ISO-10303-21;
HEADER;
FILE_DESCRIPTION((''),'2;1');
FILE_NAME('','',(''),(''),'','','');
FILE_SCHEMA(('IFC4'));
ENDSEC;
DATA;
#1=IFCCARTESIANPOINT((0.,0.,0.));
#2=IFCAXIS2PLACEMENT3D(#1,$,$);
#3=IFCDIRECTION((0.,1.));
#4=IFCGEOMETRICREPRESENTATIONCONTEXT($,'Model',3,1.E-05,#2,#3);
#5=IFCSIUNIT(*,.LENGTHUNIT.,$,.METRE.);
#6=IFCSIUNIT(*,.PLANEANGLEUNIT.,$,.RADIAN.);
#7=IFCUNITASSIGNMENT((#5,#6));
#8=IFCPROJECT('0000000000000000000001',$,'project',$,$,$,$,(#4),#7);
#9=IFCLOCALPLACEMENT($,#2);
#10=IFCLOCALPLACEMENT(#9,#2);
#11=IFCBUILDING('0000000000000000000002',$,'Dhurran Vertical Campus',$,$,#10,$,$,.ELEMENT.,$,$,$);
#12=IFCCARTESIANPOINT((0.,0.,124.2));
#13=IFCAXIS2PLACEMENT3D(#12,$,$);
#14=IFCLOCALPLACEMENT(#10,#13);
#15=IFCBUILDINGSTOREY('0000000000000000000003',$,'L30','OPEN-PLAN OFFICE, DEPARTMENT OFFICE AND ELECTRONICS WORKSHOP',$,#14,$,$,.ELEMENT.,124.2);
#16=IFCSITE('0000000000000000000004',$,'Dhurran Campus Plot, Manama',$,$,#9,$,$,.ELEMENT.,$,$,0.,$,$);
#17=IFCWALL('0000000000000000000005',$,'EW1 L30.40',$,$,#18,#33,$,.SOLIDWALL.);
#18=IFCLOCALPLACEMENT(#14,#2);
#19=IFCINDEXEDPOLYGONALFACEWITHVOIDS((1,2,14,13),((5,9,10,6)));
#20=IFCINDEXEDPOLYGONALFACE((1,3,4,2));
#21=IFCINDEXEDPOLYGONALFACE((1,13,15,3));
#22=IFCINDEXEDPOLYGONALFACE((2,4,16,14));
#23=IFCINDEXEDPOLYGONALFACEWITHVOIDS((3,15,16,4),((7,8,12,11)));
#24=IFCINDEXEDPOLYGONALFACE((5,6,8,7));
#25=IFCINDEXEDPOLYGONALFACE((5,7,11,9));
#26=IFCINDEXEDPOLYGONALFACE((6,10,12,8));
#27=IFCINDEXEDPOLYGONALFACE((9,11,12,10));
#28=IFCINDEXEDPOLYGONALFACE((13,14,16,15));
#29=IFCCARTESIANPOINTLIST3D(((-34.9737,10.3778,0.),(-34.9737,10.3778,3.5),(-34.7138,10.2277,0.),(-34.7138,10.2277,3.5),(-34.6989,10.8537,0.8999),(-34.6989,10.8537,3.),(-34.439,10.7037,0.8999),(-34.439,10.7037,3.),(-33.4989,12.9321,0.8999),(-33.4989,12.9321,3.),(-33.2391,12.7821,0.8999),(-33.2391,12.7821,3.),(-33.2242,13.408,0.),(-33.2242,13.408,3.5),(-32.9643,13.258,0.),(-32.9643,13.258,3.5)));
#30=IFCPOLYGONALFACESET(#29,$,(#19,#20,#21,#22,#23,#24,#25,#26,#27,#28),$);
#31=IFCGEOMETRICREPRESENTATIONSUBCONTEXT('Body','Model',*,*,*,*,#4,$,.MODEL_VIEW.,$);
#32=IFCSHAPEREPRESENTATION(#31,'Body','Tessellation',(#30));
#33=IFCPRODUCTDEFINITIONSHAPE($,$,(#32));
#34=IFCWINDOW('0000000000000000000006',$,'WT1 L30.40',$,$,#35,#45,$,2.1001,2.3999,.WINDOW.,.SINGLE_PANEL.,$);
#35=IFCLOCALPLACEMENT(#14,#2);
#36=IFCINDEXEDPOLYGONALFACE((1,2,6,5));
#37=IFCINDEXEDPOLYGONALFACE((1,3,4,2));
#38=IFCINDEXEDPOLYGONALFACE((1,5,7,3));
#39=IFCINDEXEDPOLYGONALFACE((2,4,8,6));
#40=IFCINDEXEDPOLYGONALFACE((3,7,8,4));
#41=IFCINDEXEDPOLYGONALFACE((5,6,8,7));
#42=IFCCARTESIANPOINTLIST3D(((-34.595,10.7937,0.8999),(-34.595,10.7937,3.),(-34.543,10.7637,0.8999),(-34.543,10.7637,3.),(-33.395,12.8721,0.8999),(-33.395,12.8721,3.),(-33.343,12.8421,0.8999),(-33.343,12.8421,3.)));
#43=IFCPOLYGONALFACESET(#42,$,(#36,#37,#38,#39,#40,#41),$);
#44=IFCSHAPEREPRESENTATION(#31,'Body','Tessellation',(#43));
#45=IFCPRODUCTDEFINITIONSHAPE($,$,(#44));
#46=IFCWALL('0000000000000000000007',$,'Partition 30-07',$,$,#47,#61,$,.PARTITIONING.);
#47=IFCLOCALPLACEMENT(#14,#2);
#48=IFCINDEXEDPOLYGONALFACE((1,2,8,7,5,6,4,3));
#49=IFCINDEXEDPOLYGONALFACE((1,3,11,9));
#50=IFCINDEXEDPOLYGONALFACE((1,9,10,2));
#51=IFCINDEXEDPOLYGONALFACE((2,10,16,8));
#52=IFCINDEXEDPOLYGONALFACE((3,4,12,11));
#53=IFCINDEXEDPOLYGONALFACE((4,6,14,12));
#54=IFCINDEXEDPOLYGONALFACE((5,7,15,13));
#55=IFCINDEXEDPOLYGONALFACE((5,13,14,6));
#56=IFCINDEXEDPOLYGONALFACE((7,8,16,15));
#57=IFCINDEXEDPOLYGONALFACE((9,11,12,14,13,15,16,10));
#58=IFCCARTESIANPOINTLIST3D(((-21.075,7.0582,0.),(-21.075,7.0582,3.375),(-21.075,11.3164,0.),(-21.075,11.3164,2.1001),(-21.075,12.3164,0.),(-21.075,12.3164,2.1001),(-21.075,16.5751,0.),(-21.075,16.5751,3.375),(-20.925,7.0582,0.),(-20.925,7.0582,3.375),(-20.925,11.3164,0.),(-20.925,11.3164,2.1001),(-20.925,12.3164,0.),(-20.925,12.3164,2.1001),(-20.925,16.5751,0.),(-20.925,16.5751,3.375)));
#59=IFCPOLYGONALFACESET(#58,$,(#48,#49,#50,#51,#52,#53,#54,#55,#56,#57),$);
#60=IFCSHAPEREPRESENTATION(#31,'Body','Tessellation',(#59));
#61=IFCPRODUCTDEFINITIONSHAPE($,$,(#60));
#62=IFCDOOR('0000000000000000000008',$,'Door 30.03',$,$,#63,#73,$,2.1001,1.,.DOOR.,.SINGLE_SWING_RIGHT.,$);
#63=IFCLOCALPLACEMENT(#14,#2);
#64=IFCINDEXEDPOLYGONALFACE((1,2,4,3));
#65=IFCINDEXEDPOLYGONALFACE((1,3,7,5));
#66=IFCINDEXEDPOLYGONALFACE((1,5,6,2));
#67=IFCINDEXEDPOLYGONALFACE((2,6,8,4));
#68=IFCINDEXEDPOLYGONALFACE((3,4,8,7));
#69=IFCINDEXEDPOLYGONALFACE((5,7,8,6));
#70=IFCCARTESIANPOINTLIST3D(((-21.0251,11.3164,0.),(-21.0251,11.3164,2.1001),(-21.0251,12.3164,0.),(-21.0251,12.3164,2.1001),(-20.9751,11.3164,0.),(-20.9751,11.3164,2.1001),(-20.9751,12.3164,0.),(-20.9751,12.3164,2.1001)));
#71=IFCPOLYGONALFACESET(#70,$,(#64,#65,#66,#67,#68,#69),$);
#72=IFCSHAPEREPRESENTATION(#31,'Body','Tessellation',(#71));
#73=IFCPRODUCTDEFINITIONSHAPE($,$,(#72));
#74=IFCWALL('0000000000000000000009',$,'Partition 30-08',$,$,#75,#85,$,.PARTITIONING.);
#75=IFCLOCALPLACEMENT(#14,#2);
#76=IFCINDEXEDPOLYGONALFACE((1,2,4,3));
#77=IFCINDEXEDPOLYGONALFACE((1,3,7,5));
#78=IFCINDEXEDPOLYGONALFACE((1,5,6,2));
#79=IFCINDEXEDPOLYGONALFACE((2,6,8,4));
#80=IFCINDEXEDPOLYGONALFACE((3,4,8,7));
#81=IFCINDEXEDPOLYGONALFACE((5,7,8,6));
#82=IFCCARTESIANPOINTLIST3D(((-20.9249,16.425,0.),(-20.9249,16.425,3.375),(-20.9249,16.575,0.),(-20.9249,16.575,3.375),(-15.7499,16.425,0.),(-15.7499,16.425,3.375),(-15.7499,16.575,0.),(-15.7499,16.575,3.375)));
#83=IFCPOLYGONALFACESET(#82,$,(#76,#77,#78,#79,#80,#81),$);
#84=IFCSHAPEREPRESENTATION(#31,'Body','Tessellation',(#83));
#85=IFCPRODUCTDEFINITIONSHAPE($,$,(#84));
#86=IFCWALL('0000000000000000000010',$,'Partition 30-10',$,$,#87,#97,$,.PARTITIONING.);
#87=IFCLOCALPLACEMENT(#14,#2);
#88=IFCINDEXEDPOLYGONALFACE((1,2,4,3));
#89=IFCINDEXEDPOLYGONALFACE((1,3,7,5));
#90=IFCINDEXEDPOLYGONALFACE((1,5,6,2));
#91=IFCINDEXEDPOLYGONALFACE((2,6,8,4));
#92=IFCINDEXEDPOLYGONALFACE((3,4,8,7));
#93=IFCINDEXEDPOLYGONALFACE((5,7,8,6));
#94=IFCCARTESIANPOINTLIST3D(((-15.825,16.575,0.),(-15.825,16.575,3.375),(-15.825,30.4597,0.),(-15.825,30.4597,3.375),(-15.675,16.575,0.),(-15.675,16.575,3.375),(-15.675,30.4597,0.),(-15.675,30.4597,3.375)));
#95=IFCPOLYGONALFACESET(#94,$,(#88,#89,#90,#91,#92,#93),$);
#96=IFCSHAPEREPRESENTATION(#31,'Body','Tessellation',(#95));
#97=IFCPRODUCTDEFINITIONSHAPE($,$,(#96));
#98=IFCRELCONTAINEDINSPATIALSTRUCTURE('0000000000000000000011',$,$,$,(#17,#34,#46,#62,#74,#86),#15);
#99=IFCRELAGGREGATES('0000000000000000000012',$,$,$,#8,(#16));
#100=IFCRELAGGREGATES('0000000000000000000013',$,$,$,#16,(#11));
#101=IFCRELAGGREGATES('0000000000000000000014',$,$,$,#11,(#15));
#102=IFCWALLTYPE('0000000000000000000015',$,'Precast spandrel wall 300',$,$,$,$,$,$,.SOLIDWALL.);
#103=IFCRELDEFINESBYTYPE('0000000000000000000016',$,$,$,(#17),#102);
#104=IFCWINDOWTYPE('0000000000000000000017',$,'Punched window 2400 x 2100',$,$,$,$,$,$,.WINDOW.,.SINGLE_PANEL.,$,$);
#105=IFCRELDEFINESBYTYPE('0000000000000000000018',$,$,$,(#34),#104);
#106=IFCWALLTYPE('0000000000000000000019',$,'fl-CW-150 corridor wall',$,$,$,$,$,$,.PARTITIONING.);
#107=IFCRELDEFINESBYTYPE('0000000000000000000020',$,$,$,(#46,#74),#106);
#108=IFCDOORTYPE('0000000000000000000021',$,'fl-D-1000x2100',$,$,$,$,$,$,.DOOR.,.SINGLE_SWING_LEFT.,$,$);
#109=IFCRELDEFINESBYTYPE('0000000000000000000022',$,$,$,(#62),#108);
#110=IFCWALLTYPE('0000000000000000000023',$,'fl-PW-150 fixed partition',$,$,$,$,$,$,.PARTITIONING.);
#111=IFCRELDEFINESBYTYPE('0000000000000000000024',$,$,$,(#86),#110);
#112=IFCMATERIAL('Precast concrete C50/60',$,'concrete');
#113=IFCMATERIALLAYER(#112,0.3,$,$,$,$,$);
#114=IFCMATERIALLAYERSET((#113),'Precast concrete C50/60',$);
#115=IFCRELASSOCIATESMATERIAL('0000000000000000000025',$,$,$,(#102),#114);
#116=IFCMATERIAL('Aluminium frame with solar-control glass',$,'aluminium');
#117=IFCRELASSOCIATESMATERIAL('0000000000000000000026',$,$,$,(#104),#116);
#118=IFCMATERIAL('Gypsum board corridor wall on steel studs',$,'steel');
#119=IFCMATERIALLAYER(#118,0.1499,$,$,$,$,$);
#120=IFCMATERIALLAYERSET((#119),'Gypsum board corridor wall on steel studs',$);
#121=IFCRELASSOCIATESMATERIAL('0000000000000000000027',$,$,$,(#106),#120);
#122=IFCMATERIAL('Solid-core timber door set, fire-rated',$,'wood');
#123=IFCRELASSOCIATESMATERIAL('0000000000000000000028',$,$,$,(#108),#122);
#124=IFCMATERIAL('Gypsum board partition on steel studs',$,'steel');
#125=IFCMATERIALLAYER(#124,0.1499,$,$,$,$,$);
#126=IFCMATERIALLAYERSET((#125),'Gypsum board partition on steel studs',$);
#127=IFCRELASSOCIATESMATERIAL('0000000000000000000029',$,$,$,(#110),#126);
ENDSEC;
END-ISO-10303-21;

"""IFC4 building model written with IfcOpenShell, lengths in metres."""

from ifc_helpers import new_model, si_unit, direction, frame, frame_2d, origin, place, context, subcontext, project, spatial, rectangle, extrude, material, layer, layer_set, type_object, element, fill, save


model = new_model("IFC4")

# Units and contexts
model_context = context("Model", 3, precision=1e-05, world=origin(), true_north=direction((0.0, 1.0)))
body_context = subcontext(model_context, "Body", "Model", "MODEL_VIEW")
ifc_project = project(units=[si_unit("LENGTHUNIT", "METRE"), si_unit("PLANEANGLEUNIT", "RADIAN")], contexts=[model_context])

# Site, building, storey
site_placement = place(None, origin())
site = spatial("IfcSite", under=ifc_project, at=site_placement, Name="Dhurran Campus Plot, Manama", CompositionType="ELEMENT", RefElevation=0.0)
building_placement = place(site_placement, origin())
building = spatial("IfcBuilding", under=site, at=building_placement, Name="Dhurran Vertical Campus", CompositionType="ELEMENT")
storey_placement = place(building_placement, frame((0.0, 0.0, 124.2)))
storey = spatial("IfcBuildingStorey", under=building, at=storey_placement, Name="L30", Description="OPEN-PLAN OFFICE, DEPARTMENT OFFICE AND ELECTRONICS WORKSHOP", CompositionType="ELEMENT", Elevation=124.2)

# Wall, opening, window
ifc_material_1 = material(Name="Precast concrete C50/60", Category="concrete")
ifc_layer_1 = layer(ifc_material_1, 0.3)
ifc_layer_set_1 = layer_set([ifc_layer_1], Name="Precast concrete C50/60")
wall_type_1 = type_object("IfcWallType", Name="Precast spandrel wall 300", PredefinedType="SOLIDWALL", material=ifc_layer_set_1)
ifc_material_2 = material(Name="Aluminium frame with solar-control glass", Category="aluminium")
window_type = type_object("IfcWindowType", Name="Punched window 2400 x 2100", PartitioningType="SINGLE_PANEL", PredefinedType="WINDOW", material=ifc_material_2)
wall_1_placement = place(storey_placement, frame((-33.0942, 13.333, 0.0), z_axis=(0.0, 0.0, 1.0), x_axis=(-0.499996, -0.866028, 0.0)))
wall_1 = element("IfcWall", 1, at=wall_1_placement, inside=storey, type_object=wall_type_1, Name="EW1 L30.40", PredefinedType="SOLIDWALL", context=body_context, shape_type="SweptSolid", body=[
    extrude(rectangle(XDim=3.499, YDim=0.3, at=frame_2d((1.7495, 0.0))), origin(), (0.0, 0.0, 1.0), 3.5),
])
opening_1_placement = place(wall_1_placement, frame((0.5496, 0.0, 0.8999)))
opening_1 = element("IfcOpeningElement", 2, at=opening_1_placement, cuts=wall_1, PredefinedType="OPENING", context=body_context, shape_type="SweptSolid", body=[
    extrude(rectangle(XDim=2.3999, YDim=2.1001, at=frame_2d((1.2, 1.05))), frame((0.0, 0.1599, 0.0), z_axis=(0.0, -1.0, 0.0), x_axis=(1.0, 0.0, 0.0)), (0.0, 0.0, 1.0), 0.3201),
])
window_1_placement = place(opening_1_placement, origin())
window_1 = element("IfcWindow", 3, at=window_1_placement, inside=storey, type_object=window_type, Name="WT1 L30.40", OverallHeight=2.1001, OverallWidth=2.3999, PartitioningType="SINGLE_PANEL", PredefinedType="WINDOW", context=body_context, shape_type="SweptSolid", body=[
    extrude(rectangle(XDim=2.3999, YDim=2.1001, at=frame_2d((1.2, 1.05))), frame((0.0, 0.03, 0.0), z_axis=(0.0, -1.0, 0.0), x_axis=(1.0, 0.0, 0.0)), (0.0, 0.0, 1.0), 0.0601),
])
fill(opening_1, window_1)

# Wall, opening, door
ifc_material_3 = material(Name="Gypsum board corridor wall on steel studs", Category="steel")
ifc_layer_2 = layer(ifc_material_3, 0.1499)
ifc_layer_set_2 = layer_set([ifc_layer_2], Name="Gypsum board corridor wall on steel studs")
wall_type_2 = type_object("IfcWallType", Name="fl-CW-150 corridor wall", PredefinedType="PARTITIONING", material=ifc_layer_set_2)
wall_2_placement = place(storey_placement, frame((-21.0, 16.575, 0.0), z_axis=(0.0, 0.0, 1.0), x_axis=(0.0, -1.0, 0.0)))
wall_2 = element("IfcWall", 4, at=wall_2_placement, inside=storey, type_object=wall_type_2, Name="Partition 30-07", PredefinedType="PARTITIONING", context=body_context, shape_type="SweptSolid", body=[
    extrude(rectangle(XDim=9.5168, YDim=0.1499, at=frame_2d((4.7583, 0.0))), origin(), (0.0, 0.0, 1.0), 3.375),
])
opening_2_placement = place(wall_2_placement, frame((4.2585, 0.0, 0.0)))
opening_2 = element("IfcOpeningElement", 5, at=opening_2_placement, cuts=wall_2, PredefinedType="OPENING", context=body_context, shape_type="SweptSolid", body=[
    extrude(rectangle(XDim=1.0, YDim=2.1001, at=frame_2d((0.5, 1.05))), frame((0.0, 0.085, 0.0), z_axis=(0.0, -1.0, 0.0), x_axis=(1.0, 0.0, 0.0)), (0.0, 0.0, 1.0), 0.1699),
])
ifc_material_4 = material(Name="Solid-core timber door set, fire-rated", Category="wood")
door_type = type_object("IfcDoorType", Name="fl-D-1000x2100", OperationType="SINGLE_SWING_LEFT", PredefinedType="DOOR", material=ifc_material_4)
door_placement = place(opening_2_placement, origin())
door = element("IfcDoor", 6, at=door_placement, inside=storey, type_object=door_type, Name="Door 30.03", OperationType="SINGLE_SWING_RIGHT", OverallHeight=2.1001, OverallWidth=1.0, PredefinedType="DOOR", context=body_context, shape_type="SweptSolid", body=[
    extrude(rectangle(XDim=1.0, YDim=2.1001, at=frame_2d((0.5, 1.05))), frame((0.0, 0.0249, 0.0), z_axis=(0.0, -1.0, 0.0), x_axis=(1.0, 0.0, 0.0)), (0.0, 0.0, 1.0), 0.05),
])
fill(opening_2, door)

# Walls
wall_3_placement = place(storey_placement, frame((-15.75, 16.5, 0.0), z_axis=(0.0, 0.0, 1.0), x_axis=(-1.0, 0.0, 0.0)))
element("IfcWall", 7, at=wall_3_placement, inside=storey, type_object=wall_type_2, Name="Partition 30-08", PredefinedType="PARTITIONING", context=body_context, shape_type="SweptSolid", body=[
    extrude(rectangle(XDim=5.175, YDim=0.1499, at=frame_2d((2.5874, 0.0))), origin(), (0.0, 0.0, 1.0), 3.375),
])
ifc_material_5 = material(Name="Gypsum board partition on steel studs", Category="steel")
ifc_layer_3 = layer(ifc_material_5, 0.1499)
ifc_layer_set_3 = layer_set([ifc_layer_3], Name="Gypsum board partition on steel studs")
wall_type_3 = type_object("IfcWallType", Name="fl-PW-150 fixed partition", PredefinedType="PARTITIONING", material=ifc_layer_set_3)
wall_4_placement = place(storey_placement, frame((-15.75, 30.4597, 0.0), z_axis=(0.0, 0.0, 1.0), x_axis=(0.0, -1.0, 0.0)))
element("IfcWall", 8, at=wall_4_placement, inside=storey, type_object=wall_type_3, Name="Partition 30-10", PredefinedType="PARTITIONING", context=body_context, shape_type="SweptSolid", body=[
    extrude(rectangle(XDim=13.8848, YDim=0.1499, at=frame_2d((6.9424, 0.0))), origin(), (0.0, 0.0, 1.0), 3.375),
])

save(model, "model.ifc")
